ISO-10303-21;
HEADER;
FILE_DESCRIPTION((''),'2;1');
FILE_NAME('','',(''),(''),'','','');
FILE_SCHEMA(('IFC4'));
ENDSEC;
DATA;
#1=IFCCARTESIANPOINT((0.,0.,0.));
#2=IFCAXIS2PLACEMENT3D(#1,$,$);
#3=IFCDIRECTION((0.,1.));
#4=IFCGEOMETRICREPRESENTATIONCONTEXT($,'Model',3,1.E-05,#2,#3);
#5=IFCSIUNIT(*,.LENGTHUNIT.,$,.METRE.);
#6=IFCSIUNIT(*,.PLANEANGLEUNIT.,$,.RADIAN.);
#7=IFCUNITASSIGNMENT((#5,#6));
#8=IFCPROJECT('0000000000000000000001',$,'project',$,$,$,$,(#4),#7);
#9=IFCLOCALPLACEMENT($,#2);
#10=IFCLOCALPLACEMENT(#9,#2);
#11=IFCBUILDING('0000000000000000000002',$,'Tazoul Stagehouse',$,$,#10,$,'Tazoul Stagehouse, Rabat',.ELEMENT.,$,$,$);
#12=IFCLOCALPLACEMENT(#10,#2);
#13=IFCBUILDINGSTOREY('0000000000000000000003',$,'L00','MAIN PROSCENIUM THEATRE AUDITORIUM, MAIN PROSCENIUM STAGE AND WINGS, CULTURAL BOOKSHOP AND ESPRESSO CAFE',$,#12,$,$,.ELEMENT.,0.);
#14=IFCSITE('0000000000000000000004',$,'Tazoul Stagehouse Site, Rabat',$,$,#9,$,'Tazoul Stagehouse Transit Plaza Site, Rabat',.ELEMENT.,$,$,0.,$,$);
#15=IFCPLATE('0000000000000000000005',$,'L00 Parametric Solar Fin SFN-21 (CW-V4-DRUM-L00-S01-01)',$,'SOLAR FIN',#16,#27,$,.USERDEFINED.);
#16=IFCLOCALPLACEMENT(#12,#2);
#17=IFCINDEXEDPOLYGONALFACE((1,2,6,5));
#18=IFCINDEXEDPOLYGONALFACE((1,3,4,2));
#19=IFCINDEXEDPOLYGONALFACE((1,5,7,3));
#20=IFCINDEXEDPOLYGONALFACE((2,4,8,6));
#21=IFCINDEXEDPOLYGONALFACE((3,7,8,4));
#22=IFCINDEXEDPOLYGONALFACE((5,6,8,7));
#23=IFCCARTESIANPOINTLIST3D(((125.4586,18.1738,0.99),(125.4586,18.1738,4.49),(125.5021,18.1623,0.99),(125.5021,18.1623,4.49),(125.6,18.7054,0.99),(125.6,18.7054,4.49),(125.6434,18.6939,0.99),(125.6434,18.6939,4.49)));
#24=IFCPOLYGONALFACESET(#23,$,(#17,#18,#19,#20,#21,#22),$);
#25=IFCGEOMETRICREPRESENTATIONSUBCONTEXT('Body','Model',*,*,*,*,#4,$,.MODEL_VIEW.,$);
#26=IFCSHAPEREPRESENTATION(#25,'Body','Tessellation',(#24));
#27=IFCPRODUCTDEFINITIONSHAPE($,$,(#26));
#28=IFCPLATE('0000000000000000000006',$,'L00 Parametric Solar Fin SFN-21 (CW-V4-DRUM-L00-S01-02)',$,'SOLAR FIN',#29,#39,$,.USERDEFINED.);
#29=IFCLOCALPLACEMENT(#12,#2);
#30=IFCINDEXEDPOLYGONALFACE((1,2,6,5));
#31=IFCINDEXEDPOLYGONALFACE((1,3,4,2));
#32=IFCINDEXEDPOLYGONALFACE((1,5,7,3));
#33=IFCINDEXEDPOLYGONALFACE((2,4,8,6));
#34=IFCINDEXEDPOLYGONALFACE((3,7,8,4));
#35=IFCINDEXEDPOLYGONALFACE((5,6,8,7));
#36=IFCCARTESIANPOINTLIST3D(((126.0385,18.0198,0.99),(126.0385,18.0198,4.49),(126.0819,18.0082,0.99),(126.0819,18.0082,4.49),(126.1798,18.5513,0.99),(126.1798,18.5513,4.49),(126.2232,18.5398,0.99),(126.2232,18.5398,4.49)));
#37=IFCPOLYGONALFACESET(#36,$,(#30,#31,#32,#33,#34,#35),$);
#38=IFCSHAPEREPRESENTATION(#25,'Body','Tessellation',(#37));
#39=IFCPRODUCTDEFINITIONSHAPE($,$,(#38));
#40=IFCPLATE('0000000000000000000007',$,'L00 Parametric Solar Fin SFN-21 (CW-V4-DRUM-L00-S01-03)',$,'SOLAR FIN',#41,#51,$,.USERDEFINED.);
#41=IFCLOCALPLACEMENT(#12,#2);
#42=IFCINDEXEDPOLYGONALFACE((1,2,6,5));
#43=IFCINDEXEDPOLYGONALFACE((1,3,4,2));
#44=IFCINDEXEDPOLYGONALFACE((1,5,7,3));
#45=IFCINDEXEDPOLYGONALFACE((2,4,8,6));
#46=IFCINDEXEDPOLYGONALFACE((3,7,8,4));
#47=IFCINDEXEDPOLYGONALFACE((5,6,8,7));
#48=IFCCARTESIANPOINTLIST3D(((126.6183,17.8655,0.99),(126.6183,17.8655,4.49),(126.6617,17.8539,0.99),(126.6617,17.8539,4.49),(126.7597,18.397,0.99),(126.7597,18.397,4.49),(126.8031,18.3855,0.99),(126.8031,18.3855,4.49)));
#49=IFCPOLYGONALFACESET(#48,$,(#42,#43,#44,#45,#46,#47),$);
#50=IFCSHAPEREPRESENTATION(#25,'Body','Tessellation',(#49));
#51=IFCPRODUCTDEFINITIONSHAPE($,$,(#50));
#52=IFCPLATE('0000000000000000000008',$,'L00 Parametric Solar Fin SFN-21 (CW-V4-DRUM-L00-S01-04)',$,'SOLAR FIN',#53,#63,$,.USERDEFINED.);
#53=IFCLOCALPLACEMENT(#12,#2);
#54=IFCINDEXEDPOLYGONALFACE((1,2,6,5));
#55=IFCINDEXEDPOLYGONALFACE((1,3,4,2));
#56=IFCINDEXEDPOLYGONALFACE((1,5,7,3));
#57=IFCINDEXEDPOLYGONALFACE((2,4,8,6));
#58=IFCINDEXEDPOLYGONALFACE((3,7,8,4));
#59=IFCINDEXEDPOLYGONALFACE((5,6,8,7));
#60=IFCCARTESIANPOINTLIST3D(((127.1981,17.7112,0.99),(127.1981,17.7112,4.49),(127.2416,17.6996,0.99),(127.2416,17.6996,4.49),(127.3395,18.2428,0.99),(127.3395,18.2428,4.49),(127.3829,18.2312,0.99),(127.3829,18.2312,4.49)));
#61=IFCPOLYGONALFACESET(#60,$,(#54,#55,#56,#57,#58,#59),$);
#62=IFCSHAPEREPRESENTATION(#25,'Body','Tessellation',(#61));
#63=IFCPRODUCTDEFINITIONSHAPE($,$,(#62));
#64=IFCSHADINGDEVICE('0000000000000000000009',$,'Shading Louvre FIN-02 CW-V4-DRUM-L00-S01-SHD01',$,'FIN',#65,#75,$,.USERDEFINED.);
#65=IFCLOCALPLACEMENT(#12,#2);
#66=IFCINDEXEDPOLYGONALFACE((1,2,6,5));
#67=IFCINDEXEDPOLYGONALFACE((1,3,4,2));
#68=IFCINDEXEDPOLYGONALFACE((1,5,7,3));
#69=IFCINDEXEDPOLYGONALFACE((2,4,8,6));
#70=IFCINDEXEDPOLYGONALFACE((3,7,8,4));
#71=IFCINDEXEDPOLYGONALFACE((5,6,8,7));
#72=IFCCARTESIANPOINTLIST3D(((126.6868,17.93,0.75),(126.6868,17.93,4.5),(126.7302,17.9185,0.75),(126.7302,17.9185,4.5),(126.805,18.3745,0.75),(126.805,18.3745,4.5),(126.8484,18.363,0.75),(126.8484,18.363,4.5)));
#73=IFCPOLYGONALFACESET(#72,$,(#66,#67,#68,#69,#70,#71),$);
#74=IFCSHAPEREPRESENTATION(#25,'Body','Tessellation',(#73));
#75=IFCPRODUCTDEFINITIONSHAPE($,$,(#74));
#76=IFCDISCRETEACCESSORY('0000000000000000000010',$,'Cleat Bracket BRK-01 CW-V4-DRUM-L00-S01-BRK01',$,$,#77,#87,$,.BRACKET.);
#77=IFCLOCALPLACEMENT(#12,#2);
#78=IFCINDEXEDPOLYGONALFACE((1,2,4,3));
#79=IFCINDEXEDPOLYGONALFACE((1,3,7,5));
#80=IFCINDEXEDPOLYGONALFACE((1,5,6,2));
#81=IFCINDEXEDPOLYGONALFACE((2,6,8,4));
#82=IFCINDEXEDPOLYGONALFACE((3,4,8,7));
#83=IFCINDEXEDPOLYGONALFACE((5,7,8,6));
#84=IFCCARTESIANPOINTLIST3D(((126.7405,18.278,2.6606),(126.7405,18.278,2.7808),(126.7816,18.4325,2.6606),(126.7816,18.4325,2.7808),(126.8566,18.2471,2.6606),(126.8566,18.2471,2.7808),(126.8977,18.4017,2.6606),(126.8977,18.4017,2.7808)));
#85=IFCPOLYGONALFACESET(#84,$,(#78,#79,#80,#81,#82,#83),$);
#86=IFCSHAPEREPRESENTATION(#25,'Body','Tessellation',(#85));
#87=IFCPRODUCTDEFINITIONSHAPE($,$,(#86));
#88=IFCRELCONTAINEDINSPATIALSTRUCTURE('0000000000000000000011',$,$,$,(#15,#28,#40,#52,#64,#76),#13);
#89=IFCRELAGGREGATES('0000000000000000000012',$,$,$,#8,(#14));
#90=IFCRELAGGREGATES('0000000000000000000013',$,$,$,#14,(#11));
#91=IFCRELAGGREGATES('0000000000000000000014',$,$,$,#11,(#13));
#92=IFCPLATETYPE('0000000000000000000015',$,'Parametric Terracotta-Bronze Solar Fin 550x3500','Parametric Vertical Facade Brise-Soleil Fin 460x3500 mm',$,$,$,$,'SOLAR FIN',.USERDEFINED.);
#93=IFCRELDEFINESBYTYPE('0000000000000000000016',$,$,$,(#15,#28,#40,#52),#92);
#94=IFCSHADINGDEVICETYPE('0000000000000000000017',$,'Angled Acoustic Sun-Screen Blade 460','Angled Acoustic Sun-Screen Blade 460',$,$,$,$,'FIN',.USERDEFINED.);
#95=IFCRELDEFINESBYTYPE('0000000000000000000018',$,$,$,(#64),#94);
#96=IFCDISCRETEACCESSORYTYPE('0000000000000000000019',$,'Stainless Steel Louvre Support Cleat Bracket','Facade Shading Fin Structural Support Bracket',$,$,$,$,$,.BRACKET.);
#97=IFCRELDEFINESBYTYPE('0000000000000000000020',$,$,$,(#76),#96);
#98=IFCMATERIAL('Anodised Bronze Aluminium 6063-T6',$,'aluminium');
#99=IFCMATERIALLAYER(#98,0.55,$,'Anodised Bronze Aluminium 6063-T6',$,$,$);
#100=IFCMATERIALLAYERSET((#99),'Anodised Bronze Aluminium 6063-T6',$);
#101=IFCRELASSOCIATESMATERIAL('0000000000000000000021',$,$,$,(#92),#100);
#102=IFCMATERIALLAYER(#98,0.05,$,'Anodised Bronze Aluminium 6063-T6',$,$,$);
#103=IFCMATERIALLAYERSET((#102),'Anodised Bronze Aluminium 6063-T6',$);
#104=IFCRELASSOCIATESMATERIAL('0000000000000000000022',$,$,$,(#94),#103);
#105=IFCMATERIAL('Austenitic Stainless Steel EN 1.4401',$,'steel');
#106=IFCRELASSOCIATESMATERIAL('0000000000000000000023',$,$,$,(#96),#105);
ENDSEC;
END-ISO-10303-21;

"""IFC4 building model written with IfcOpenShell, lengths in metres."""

from ifc_helpers import new_model, si_unit, direction, frame, origin, origin_2d, place, context, subcontext, project, spatial, rectangle, extrude, material, layer, layer_set, type_object, element, save


model = new_model("IFC4")

# Units and contexts
model_context = context("Model", 3, precision=1e-05, world=origin(), true_north=direction((0.0, 1.0)))
body_context = subcontext(model_context, "Body", "Model", "MODEL_VIEW")
ifc_project = project(units=[si_unit("LENGTHUNIT", "METRE"), si_unit("PLANEANGLEUNIT", "RADIAN")], contexts=[model_context])

# Shared definitions
ifc_material_1 = material(Name="Anodised Bronze Aluminium 6063-T6", Category="aluminium")
site_placement = place(None, origin())
building_placement = place(site_placement, origin())
storey_placement = place(building_placement, origin())

# Site, building, storey
site = spatial("IfcSite", under=ifc_project, at=site_placement, Name="Tazoul Stagehouse Site, Rabat", LongName="Tazoul Stagehouse Transit Plaza Site, Rabat", CompositionType="ELEMENT", RefElevation=0.0)
building = spatial("IfcBuilding", under=site, at=building_placement, Name="Tazoul Stagehouse", LongName="Tazoul Stagehouse, Rabat", CompositionType="ELEMENT")
storey = spatial("IfcBuildingStorey", under=building, at=storey_placement, Name="L00", Description="MAIN PROSCENIUM THEATRE AUDITORIUM, MAIN PROSCENIUM STAGE AND WINGS, CULTURAL BOOKSHOP AND ESPRESSO CAFE", CompositionType="ELEMENT", Elevation=0.0)

# Plates
ifc_layer_1 = layer(ifc_material_1, 0.55, Name="Anodised Bronze Aluminium 6063-T6")
ifc_layer_set_1 = layer_set([ifc_layer_1], Name="Anodised Bronze Aluminium 6063-T6")
plate_type_1 = type_object("IfcPlateType", Name="Parametric Terracotta-Bronze Solar Fin 550x3500", Description="Parametric Vertical Facade Brise-Soleil Fin 460x3500 mm", ElementType="SOLAR FIN", PredefinedType="USERDEFINED", material=ifc_layer_set_1)
for number, where, z_axis, x_axis, name in (
    (1, (125.551, 18.4338, 0.99), (0.0, 0.0, 1.0), (0.966413, -0.256993, 0.0), "L00 Parametric Solar Fin SFN-21 (CW-V4-DRUM-L00-S01-01)"),
    (2, (126.1309, 18.2798, 0.99), (0.0, 0.0, 1.0), (0.966413, -0.256993, 0.0), "L00 Parametric Solar Fin SFN-21 (CW-V4-DRUM-L00-S01-02)"),
    (3, (126.7107, 18.1255, 0.99), (0.0, 0.0, 1.0), (0.966413, -0.256993, 0.0), "L00 Parametric Solar Fin SFN-21 (CW-V4-DRUM-L00-S01-03)"),
    (4, (127.2905, 17.9712, 0.99), (0.0, 0.0, 1.0), (0.966413, -0.256993, 0.0), "L00 Parametric Solar Fin SFN-21 (CW-V4-DRUM-L00-S01-04)"),
):
    element("IfcPlate", number, at=place(storey_placement, frame(where, z_axis=z_axis, x_axis=x_axis)), inside=storey, type_object=plate_type_1, Name=name, ObjectType="SOLAR FIN", PredefinedType="USERDEFINED", context=body_context, shape_type="SweptSolid", body=[
        extrude(rectangle(XDim=0.0449, YDim=0.55, at=origin_2d()), origin(), (0.0, 0.0, 1.0), 3.5),
    ])

# Shading device
ifc_layer_2 = layer(ifc_material_1, 0.05, Name="Anodised Bronze Aluminium 6063-T6")
ifc_layer_set_2 = layer_set([ifc_layer_2], Name="Anodised Bronze Aluminium 6063-T6")
shading_device_type = type_object("IfcShadingDeviceType", Name="Angled Acoustic Sun-Screen Blade 460", Description="Angled Acoustic Sun-Screen Blade 460", ElementType="FIN", PredefinedType="USERDEFINED", material=ifc_layer_set_2)
shading_device_placement = place(storey_placement, frame((126.7676, 18.1465, 0.75), z_axis=(0.0, 0.0, 1.0), x_axis=(0.966413, -0.256993, 0.0)))
element("IfcShadingDevice", 5, at=shading_device_placement, inside=storey, type_object=shading_device_type, Name="Shading Louvre FIN-02 CW-V4-DRUM-L00-S01-SHD01", ObjectType="FIN", PredefinedType="USERDEFINED", context=body_context, shape_type="SweptSolid", body=[
    extrude(rectangle(XDim=0.0449, YDim=0.46, at=origin_2d()), origin(), (0.0, 0.0, 1.0), 3.75),
])

# Discrete accessory
ifc_material_2 = material(Name="Austenitic Stainless Steel EN 1.4401", Category="steel")
discrete_accessory_type = type_object("IfcDiscreteAccessoryType", Name="Stainless Steel Louvre Support Cleat Bracket", Description="Facade Shading Fin Structural Support Bracket", PredefinedType="BRACKET", material=ifc_material_2)
discrete_accessory_placement = place(storey_placement, frame((126.8191, 18.3398, 2.6606), z_axis=(0.0, 0.0, 1.0), x_axis=(0.966413, -0.256993, 0.0)))
element("IfcDiscreteAccessory", 6, at=discrete_accessory_placement, inside=storey, type_object=discrete_accessory_type, Name="Cleat Bracket BRK-01 CW-V4-DRUM-L00-S01-BRK01", PredefinedType="BRACKET", context=body_context, shape_type="SweptSolid", body=[
    extrude(rectangle(XDim=0.1201, YDim=0.1599, at=origin_2d()), origin(), (0.0, 0.0, 1.0), 0.1201),
])

save(model, "model.ifc")
